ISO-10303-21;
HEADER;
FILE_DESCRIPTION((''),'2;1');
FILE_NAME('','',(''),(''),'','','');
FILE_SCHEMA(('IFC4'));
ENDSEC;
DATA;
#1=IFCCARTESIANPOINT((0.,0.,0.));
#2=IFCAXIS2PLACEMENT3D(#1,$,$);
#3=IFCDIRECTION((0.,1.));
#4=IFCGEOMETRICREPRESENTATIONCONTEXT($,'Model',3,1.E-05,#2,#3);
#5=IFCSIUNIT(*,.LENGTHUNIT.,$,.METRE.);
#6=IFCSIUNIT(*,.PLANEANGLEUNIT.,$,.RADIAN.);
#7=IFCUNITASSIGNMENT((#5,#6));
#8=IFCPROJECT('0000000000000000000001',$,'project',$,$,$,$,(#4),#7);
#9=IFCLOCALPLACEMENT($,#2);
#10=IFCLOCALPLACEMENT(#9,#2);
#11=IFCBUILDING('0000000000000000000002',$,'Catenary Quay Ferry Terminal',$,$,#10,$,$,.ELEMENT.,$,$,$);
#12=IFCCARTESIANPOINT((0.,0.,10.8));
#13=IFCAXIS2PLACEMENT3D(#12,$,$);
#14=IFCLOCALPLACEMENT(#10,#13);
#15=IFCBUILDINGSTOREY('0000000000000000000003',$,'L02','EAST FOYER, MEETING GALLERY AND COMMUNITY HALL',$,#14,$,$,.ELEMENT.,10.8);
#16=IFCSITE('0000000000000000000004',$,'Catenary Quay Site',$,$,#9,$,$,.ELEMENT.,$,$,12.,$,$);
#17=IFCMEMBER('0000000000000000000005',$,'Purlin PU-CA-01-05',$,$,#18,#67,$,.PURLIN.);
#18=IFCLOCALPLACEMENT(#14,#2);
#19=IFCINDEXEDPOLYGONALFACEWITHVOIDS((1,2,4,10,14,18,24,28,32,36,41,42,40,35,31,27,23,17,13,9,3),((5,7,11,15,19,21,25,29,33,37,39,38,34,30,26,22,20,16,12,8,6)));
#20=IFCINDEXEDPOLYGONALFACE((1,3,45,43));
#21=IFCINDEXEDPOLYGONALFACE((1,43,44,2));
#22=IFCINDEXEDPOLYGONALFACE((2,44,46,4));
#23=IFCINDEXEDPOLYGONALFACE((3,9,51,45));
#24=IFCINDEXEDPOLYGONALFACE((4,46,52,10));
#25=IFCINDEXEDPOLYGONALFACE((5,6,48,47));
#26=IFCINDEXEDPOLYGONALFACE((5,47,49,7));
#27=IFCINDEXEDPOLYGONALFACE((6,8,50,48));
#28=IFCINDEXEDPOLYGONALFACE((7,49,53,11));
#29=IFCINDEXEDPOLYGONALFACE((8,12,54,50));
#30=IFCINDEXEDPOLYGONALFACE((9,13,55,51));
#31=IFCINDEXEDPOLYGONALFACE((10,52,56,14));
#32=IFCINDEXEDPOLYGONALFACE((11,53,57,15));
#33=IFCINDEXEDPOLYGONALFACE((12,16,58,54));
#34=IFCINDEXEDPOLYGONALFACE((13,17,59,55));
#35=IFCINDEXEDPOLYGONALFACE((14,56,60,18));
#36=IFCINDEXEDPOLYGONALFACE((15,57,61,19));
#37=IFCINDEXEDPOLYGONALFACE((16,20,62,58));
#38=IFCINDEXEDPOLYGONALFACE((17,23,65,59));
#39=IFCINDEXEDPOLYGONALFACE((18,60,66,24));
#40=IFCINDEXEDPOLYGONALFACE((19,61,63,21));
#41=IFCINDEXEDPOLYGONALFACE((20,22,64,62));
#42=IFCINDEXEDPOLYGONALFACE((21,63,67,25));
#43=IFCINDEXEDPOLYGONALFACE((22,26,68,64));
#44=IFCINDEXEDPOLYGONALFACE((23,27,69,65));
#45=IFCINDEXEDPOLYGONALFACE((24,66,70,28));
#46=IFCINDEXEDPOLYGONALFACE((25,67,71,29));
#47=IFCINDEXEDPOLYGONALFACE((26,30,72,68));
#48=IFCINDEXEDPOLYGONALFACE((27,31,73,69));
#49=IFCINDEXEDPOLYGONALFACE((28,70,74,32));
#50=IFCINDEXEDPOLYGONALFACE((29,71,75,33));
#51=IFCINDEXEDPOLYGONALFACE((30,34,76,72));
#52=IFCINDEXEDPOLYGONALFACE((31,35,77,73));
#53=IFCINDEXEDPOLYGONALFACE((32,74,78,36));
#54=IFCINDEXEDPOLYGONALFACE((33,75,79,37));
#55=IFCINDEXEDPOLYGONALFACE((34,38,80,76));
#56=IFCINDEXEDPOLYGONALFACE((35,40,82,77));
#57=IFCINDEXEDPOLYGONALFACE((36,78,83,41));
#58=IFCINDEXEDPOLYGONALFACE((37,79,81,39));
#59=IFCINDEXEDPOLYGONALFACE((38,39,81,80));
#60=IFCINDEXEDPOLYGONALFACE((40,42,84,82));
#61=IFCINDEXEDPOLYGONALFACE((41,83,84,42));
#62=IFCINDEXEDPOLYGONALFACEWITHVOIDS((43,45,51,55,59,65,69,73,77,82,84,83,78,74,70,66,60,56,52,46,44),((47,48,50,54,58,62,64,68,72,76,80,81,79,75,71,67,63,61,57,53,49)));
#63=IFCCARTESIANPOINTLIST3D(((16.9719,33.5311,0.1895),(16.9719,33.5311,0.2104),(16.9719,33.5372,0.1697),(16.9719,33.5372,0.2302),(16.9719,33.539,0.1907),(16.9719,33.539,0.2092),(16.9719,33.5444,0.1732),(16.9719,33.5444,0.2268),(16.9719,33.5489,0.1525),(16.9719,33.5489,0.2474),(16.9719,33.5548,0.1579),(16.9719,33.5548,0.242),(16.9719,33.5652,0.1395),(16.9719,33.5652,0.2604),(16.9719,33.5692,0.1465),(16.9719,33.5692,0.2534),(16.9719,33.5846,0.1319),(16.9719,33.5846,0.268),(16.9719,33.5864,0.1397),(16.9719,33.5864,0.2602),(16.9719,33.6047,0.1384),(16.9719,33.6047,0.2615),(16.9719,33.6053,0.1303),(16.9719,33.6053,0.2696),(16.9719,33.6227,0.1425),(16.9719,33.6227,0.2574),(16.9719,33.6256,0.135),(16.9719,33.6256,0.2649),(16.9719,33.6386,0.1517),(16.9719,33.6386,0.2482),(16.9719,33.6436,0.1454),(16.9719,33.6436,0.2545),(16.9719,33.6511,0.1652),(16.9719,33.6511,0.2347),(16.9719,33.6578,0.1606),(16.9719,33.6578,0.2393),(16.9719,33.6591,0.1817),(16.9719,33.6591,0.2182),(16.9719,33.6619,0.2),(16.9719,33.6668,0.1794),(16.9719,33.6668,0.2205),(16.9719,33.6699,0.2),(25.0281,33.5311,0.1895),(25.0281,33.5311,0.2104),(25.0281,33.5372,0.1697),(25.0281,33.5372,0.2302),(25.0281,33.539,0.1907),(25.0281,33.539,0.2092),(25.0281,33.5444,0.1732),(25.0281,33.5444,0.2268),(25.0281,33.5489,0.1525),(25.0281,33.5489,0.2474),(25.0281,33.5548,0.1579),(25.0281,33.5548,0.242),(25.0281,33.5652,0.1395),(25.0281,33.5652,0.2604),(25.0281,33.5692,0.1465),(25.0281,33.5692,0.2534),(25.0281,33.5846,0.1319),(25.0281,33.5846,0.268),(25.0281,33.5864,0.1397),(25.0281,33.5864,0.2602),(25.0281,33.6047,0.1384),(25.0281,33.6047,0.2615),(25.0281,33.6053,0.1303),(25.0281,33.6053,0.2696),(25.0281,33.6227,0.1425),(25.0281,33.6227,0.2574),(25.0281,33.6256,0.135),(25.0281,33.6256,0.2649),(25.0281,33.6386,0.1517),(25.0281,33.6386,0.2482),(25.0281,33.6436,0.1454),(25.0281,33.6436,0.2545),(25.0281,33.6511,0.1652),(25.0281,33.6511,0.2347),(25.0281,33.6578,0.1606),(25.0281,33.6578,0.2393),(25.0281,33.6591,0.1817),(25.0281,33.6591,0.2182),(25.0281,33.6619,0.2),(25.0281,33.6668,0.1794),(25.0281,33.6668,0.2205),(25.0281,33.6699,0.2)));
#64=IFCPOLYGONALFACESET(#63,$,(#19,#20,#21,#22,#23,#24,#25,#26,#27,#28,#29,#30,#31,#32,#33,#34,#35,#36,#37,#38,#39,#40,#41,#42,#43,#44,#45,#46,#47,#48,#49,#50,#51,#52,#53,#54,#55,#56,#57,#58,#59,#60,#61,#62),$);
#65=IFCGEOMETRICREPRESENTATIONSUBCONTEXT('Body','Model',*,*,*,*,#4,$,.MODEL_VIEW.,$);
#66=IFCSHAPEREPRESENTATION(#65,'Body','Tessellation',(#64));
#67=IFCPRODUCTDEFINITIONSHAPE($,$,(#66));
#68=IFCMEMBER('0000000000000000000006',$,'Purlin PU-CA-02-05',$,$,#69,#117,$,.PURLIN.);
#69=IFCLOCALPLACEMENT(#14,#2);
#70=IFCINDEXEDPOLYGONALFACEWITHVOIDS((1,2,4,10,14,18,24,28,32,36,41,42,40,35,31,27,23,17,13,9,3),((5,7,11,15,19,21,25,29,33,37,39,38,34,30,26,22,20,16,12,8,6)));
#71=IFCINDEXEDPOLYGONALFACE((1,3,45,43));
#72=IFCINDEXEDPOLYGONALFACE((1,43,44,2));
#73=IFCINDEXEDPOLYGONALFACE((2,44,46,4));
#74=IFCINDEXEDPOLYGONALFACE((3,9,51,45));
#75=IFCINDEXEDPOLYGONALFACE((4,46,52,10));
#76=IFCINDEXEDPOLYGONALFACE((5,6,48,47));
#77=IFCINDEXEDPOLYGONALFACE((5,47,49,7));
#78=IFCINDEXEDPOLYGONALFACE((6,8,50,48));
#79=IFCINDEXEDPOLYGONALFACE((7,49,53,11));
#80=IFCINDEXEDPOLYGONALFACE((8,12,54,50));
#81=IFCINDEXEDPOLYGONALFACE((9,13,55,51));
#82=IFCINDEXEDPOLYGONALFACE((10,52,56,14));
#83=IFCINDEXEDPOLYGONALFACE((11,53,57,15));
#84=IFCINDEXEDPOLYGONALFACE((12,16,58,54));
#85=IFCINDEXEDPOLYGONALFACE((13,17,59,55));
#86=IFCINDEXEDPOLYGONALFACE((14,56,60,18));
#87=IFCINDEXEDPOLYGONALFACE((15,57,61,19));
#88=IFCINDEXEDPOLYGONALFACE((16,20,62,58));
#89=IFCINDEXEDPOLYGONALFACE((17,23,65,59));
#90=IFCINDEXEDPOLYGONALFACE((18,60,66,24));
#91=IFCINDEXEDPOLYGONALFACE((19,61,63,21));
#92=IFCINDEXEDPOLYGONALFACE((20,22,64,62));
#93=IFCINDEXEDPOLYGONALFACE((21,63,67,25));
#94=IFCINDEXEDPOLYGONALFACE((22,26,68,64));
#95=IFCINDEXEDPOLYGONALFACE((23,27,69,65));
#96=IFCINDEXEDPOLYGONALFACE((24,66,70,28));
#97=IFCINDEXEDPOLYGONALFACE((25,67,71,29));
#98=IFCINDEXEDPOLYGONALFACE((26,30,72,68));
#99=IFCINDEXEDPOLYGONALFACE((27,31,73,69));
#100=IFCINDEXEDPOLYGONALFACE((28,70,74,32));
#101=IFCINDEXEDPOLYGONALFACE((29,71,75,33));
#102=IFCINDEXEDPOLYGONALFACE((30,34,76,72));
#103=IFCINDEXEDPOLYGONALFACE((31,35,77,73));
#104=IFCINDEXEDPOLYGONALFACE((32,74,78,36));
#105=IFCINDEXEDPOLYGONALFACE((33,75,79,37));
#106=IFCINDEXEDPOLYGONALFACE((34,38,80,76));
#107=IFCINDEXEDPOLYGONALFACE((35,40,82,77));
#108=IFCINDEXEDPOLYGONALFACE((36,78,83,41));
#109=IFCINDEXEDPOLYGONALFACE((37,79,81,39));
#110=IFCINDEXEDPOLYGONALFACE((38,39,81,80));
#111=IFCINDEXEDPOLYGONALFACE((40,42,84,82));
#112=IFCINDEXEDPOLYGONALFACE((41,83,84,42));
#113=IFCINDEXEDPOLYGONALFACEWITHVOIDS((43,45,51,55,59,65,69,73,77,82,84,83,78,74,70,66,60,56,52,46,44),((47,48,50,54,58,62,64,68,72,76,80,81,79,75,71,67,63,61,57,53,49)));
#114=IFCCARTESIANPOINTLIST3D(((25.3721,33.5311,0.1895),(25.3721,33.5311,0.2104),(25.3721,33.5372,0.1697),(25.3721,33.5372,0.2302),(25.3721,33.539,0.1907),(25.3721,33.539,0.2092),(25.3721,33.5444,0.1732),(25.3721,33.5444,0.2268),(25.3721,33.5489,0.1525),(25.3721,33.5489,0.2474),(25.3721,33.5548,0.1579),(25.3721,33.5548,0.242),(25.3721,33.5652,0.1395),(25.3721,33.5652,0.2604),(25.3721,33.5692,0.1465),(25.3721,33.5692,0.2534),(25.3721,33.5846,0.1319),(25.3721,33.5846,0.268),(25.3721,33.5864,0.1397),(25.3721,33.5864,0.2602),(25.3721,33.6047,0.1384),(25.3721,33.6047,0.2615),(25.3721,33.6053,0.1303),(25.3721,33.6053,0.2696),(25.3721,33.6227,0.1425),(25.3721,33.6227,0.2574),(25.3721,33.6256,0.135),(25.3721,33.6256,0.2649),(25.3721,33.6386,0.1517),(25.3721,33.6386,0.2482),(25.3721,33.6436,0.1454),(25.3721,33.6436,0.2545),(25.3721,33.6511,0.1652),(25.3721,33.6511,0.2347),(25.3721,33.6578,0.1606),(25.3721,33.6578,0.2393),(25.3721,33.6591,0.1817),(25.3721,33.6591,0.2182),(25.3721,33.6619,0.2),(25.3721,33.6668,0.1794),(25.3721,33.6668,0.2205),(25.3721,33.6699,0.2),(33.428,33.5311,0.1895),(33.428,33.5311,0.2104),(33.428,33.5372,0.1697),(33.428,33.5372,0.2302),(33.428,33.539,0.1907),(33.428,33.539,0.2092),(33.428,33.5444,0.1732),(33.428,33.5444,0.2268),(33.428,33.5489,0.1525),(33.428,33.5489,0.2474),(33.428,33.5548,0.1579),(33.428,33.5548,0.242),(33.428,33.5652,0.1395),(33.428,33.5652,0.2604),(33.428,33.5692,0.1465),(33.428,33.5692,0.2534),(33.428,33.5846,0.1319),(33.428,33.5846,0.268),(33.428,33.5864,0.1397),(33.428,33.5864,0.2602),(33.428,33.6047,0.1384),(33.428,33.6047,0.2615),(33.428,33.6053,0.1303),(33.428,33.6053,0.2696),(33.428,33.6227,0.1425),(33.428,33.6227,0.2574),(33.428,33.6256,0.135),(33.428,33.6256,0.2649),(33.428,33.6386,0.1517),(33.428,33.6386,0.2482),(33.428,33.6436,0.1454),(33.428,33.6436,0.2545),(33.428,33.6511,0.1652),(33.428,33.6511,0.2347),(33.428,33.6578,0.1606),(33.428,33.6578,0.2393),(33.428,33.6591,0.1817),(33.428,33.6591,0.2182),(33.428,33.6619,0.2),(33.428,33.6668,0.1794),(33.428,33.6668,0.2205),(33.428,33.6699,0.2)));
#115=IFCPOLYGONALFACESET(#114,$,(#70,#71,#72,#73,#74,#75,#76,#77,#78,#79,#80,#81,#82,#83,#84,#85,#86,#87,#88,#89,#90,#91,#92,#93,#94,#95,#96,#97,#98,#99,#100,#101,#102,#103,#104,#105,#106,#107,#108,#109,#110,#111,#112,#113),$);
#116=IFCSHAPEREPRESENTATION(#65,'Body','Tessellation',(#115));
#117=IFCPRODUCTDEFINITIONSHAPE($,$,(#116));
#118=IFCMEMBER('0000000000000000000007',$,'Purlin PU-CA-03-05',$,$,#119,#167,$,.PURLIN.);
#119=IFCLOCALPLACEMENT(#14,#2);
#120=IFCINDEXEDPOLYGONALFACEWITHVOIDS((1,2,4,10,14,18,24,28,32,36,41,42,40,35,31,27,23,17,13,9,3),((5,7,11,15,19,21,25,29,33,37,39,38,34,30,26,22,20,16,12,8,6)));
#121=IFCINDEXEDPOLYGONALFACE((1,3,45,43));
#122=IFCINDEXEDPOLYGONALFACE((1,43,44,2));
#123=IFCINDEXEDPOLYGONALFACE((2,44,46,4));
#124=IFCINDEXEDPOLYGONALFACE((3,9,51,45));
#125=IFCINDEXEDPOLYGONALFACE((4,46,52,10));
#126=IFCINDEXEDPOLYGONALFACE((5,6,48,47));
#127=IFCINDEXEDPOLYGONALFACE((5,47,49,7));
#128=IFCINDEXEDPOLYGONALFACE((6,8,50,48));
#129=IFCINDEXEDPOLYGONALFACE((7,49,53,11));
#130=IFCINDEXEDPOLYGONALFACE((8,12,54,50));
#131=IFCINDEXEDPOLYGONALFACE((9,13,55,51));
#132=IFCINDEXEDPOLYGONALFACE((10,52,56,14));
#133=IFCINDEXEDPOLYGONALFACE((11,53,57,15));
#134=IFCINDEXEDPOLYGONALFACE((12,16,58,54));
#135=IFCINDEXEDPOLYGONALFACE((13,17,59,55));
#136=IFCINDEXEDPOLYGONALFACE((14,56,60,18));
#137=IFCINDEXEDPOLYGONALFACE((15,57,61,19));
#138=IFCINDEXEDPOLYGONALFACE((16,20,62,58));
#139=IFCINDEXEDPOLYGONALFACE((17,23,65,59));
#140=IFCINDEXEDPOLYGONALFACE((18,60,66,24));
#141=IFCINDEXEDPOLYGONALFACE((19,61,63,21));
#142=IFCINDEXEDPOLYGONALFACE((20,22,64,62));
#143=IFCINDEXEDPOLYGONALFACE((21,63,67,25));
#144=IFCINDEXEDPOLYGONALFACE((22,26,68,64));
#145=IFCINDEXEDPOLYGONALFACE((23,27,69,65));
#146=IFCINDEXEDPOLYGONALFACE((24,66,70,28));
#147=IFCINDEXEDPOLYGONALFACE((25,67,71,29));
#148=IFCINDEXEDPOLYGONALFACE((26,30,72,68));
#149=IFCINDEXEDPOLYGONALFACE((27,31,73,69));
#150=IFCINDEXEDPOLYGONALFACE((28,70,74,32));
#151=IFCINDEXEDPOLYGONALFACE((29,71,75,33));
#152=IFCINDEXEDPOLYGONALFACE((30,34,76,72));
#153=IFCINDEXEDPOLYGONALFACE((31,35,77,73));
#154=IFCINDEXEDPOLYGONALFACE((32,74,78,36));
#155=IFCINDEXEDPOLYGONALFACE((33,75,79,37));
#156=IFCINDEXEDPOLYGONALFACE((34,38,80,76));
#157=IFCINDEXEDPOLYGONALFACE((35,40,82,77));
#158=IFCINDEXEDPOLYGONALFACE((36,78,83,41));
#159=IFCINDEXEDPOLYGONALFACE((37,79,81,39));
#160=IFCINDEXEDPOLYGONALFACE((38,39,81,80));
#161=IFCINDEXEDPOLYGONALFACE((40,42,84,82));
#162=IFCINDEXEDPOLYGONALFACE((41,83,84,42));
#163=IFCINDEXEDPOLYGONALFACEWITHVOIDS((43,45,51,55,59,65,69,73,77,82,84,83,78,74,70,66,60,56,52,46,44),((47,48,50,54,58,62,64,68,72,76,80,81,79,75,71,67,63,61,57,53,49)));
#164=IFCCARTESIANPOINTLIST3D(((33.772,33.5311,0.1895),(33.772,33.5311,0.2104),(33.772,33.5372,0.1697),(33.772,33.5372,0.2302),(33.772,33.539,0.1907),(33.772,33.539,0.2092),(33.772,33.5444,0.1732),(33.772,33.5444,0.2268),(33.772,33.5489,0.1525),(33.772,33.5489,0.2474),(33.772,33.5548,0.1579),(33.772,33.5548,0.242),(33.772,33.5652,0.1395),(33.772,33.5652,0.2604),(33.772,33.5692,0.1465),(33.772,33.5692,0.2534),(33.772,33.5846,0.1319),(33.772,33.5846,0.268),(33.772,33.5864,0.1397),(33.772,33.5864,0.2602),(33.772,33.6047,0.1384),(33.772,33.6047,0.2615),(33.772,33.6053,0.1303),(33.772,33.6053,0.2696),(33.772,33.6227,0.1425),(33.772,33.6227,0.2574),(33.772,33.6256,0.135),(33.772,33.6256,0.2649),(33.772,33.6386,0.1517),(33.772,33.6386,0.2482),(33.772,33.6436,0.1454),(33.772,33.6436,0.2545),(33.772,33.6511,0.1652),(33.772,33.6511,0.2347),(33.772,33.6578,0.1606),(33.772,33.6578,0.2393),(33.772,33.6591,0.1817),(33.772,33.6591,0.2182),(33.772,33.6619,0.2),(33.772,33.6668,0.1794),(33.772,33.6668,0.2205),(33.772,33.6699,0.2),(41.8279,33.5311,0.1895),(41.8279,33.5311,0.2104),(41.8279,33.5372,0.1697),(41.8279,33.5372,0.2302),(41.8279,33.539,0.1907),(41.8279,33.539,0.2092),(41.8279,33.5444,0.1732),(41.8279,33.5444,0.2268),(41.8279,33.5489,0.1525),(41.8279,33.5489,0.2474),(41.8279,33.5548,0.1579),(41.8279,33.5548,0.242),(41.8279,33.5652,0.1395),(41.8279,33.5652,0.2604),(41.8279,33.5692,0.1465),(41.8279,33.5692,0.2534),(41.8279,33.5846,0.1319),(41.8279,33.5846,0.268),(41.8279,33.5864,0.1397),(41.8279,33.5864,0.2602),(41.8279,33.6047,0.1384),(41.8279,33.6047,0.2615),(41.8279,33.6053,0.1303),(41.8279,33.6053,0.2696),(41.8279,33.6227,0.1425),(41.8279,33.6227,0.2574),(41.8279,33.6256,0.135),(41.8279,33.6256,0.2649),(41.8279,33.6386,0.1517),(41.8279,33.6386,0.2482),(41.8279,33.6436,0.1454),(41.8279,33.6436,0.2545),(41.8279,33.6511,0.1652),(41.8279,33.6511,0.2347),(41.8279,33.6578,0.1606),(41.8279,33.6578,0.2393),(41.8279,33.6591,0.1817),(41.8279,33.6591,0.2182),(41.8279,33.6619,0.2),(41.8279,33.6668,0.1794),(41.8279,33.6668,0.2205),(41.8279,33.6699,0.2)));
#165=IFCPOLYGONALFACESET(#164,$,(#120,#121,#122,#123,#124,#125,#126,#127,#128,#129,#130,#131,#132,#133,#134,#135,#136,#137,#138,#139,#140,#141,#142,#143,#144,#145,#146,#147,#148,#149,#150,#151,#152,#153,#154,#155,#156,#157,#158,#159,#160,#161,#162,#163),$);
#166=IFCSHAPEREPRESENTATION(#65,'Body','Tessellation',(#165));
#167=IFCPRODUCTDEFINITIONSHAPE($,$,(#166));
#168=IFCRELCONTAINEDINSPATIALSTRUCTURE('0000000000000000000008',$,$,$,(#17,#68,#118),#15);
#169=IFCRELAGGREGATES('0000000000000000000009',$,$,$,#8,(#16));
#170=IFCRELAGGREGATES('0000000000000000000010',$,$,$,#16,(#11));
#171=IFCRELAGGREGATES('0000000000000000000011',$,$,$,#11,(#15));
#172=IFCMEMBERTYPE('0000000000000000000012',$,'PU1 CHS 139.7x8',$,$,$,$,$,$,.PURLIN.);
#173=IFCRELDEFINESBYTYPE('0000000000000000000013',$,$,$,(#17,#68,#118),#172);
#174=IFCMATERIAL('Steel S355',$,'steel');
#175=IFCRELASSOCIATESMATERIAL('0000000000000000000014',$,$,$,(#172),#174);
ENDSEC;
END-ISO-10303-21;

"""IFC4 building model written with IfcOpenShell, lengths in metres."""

from ifc_helpers import new_model, si_unit, direction, frame, origin, origin_2d, place, context, subcontext, project, spatial, hollow_circle, extrude, material, material_profile, profile_set, type_object, element, save


model = new_model("IFC4")

# Units and contexts
model_context = context("Model", 3, precision=1e-05, world=origin(), true_north=direction((0.0, 1.0)))
body_context = subcontext(model_context, "Body", "Model", "MODEL_VIEW")
ifc_project = project(units=[si_unit("LENGTHUNIT", "METRE"), si_unit("PLANEANGLEUNIT", "RADIAN")], contexts=[model_context])

# Site, building, storey
site_placement = place(None, origin())
site = spatial("IfcSite", under=ifc_project, at=site_placement, Name="Catenary Quay Site", CompositionType="ELEMENT", RefElevation=12.0)
building_placement = place(site_placement, origin())
building = spatial("IfcBuilding", under=site, at=building_placement, Name="Catenary Quay Ferry Terminal", CompositionType="ELEMENT")
storey_placement = place(building_placement, frame((0.0, 0.0, 10.8)))
storey = spatial("IfcBuildingStorey", under=building, at=storey_placement, Name="L02", Description="EAST FOYER, MEETING GALLERY AND COMMUNITY HALL", CompositionType="ELEMENT", Elevation=10.8)

# Members
ifc_material_1 = material(Name="Steel S355", Category="steel")
ifc_material_profile = material_profile(ifc_material_1, hollow_circle(Radius=0.0698, WallThickness=0.0081, at=origin_2d()), Name="CHS 139.7x8")
ifc_profile_set = profile_set([ifc_material_profile], Name="Steel S355")
member_type = type_object("IfcMemberType", Name="PU1 CHS 139.7x8", PredefinedType="PURLIN", material=ifc_profile_set)
member_placement = place(storey_placement, frame((16.9719, 33.6001, 0.2), z_axis=(1.0, 0.0, 0.0), x_axis=(0.0, 1.0, 0.0)))
element("IfcMember", 1, at=member_placement, inside=storey, type_object=member_type, Name="Purlin PU-CA-01-05", PredefinedType="PURLIN", context=body_context, shape_type="SweptSolid", body=[
    extrude(hollow_circle(Radius=0.0698, WallThickness=0.0081, at=origin_2d()), origin(), (0.0, 0.0, 1.0), 8.0562),
])
for number, where, z_axis, x_axis, name in (
    (2, (25.3721, 33.6001, 0.2), (1.0, 0.0, 0.0), (0.0, 1.0, 0.0), "Purlin PU-CA-02-05"),
    (3, (33.772, 33.6001, 0.2), (1.0, 0.0, 0.0), (0.0, 1.0, 0.0), "Purlin PU-CA-03-05"),
):
    element("IfcMember", number, at=place(storey_placement, frame(where, z_axis=z_axis, x_axis=x_axis)), inside=storey, type_object=member_type, Name=name, PredefinedType="PURLIN", context=body_context, shape_type="SweptSolid", body=[
        extrude(hollow_circle(Radius=0.0698, WallThickness=0.0081, at=origin_2d()), origin(), (0.0, 0.0, 1.0), 8.0559),
    ])

save(model, "model.ifc")
